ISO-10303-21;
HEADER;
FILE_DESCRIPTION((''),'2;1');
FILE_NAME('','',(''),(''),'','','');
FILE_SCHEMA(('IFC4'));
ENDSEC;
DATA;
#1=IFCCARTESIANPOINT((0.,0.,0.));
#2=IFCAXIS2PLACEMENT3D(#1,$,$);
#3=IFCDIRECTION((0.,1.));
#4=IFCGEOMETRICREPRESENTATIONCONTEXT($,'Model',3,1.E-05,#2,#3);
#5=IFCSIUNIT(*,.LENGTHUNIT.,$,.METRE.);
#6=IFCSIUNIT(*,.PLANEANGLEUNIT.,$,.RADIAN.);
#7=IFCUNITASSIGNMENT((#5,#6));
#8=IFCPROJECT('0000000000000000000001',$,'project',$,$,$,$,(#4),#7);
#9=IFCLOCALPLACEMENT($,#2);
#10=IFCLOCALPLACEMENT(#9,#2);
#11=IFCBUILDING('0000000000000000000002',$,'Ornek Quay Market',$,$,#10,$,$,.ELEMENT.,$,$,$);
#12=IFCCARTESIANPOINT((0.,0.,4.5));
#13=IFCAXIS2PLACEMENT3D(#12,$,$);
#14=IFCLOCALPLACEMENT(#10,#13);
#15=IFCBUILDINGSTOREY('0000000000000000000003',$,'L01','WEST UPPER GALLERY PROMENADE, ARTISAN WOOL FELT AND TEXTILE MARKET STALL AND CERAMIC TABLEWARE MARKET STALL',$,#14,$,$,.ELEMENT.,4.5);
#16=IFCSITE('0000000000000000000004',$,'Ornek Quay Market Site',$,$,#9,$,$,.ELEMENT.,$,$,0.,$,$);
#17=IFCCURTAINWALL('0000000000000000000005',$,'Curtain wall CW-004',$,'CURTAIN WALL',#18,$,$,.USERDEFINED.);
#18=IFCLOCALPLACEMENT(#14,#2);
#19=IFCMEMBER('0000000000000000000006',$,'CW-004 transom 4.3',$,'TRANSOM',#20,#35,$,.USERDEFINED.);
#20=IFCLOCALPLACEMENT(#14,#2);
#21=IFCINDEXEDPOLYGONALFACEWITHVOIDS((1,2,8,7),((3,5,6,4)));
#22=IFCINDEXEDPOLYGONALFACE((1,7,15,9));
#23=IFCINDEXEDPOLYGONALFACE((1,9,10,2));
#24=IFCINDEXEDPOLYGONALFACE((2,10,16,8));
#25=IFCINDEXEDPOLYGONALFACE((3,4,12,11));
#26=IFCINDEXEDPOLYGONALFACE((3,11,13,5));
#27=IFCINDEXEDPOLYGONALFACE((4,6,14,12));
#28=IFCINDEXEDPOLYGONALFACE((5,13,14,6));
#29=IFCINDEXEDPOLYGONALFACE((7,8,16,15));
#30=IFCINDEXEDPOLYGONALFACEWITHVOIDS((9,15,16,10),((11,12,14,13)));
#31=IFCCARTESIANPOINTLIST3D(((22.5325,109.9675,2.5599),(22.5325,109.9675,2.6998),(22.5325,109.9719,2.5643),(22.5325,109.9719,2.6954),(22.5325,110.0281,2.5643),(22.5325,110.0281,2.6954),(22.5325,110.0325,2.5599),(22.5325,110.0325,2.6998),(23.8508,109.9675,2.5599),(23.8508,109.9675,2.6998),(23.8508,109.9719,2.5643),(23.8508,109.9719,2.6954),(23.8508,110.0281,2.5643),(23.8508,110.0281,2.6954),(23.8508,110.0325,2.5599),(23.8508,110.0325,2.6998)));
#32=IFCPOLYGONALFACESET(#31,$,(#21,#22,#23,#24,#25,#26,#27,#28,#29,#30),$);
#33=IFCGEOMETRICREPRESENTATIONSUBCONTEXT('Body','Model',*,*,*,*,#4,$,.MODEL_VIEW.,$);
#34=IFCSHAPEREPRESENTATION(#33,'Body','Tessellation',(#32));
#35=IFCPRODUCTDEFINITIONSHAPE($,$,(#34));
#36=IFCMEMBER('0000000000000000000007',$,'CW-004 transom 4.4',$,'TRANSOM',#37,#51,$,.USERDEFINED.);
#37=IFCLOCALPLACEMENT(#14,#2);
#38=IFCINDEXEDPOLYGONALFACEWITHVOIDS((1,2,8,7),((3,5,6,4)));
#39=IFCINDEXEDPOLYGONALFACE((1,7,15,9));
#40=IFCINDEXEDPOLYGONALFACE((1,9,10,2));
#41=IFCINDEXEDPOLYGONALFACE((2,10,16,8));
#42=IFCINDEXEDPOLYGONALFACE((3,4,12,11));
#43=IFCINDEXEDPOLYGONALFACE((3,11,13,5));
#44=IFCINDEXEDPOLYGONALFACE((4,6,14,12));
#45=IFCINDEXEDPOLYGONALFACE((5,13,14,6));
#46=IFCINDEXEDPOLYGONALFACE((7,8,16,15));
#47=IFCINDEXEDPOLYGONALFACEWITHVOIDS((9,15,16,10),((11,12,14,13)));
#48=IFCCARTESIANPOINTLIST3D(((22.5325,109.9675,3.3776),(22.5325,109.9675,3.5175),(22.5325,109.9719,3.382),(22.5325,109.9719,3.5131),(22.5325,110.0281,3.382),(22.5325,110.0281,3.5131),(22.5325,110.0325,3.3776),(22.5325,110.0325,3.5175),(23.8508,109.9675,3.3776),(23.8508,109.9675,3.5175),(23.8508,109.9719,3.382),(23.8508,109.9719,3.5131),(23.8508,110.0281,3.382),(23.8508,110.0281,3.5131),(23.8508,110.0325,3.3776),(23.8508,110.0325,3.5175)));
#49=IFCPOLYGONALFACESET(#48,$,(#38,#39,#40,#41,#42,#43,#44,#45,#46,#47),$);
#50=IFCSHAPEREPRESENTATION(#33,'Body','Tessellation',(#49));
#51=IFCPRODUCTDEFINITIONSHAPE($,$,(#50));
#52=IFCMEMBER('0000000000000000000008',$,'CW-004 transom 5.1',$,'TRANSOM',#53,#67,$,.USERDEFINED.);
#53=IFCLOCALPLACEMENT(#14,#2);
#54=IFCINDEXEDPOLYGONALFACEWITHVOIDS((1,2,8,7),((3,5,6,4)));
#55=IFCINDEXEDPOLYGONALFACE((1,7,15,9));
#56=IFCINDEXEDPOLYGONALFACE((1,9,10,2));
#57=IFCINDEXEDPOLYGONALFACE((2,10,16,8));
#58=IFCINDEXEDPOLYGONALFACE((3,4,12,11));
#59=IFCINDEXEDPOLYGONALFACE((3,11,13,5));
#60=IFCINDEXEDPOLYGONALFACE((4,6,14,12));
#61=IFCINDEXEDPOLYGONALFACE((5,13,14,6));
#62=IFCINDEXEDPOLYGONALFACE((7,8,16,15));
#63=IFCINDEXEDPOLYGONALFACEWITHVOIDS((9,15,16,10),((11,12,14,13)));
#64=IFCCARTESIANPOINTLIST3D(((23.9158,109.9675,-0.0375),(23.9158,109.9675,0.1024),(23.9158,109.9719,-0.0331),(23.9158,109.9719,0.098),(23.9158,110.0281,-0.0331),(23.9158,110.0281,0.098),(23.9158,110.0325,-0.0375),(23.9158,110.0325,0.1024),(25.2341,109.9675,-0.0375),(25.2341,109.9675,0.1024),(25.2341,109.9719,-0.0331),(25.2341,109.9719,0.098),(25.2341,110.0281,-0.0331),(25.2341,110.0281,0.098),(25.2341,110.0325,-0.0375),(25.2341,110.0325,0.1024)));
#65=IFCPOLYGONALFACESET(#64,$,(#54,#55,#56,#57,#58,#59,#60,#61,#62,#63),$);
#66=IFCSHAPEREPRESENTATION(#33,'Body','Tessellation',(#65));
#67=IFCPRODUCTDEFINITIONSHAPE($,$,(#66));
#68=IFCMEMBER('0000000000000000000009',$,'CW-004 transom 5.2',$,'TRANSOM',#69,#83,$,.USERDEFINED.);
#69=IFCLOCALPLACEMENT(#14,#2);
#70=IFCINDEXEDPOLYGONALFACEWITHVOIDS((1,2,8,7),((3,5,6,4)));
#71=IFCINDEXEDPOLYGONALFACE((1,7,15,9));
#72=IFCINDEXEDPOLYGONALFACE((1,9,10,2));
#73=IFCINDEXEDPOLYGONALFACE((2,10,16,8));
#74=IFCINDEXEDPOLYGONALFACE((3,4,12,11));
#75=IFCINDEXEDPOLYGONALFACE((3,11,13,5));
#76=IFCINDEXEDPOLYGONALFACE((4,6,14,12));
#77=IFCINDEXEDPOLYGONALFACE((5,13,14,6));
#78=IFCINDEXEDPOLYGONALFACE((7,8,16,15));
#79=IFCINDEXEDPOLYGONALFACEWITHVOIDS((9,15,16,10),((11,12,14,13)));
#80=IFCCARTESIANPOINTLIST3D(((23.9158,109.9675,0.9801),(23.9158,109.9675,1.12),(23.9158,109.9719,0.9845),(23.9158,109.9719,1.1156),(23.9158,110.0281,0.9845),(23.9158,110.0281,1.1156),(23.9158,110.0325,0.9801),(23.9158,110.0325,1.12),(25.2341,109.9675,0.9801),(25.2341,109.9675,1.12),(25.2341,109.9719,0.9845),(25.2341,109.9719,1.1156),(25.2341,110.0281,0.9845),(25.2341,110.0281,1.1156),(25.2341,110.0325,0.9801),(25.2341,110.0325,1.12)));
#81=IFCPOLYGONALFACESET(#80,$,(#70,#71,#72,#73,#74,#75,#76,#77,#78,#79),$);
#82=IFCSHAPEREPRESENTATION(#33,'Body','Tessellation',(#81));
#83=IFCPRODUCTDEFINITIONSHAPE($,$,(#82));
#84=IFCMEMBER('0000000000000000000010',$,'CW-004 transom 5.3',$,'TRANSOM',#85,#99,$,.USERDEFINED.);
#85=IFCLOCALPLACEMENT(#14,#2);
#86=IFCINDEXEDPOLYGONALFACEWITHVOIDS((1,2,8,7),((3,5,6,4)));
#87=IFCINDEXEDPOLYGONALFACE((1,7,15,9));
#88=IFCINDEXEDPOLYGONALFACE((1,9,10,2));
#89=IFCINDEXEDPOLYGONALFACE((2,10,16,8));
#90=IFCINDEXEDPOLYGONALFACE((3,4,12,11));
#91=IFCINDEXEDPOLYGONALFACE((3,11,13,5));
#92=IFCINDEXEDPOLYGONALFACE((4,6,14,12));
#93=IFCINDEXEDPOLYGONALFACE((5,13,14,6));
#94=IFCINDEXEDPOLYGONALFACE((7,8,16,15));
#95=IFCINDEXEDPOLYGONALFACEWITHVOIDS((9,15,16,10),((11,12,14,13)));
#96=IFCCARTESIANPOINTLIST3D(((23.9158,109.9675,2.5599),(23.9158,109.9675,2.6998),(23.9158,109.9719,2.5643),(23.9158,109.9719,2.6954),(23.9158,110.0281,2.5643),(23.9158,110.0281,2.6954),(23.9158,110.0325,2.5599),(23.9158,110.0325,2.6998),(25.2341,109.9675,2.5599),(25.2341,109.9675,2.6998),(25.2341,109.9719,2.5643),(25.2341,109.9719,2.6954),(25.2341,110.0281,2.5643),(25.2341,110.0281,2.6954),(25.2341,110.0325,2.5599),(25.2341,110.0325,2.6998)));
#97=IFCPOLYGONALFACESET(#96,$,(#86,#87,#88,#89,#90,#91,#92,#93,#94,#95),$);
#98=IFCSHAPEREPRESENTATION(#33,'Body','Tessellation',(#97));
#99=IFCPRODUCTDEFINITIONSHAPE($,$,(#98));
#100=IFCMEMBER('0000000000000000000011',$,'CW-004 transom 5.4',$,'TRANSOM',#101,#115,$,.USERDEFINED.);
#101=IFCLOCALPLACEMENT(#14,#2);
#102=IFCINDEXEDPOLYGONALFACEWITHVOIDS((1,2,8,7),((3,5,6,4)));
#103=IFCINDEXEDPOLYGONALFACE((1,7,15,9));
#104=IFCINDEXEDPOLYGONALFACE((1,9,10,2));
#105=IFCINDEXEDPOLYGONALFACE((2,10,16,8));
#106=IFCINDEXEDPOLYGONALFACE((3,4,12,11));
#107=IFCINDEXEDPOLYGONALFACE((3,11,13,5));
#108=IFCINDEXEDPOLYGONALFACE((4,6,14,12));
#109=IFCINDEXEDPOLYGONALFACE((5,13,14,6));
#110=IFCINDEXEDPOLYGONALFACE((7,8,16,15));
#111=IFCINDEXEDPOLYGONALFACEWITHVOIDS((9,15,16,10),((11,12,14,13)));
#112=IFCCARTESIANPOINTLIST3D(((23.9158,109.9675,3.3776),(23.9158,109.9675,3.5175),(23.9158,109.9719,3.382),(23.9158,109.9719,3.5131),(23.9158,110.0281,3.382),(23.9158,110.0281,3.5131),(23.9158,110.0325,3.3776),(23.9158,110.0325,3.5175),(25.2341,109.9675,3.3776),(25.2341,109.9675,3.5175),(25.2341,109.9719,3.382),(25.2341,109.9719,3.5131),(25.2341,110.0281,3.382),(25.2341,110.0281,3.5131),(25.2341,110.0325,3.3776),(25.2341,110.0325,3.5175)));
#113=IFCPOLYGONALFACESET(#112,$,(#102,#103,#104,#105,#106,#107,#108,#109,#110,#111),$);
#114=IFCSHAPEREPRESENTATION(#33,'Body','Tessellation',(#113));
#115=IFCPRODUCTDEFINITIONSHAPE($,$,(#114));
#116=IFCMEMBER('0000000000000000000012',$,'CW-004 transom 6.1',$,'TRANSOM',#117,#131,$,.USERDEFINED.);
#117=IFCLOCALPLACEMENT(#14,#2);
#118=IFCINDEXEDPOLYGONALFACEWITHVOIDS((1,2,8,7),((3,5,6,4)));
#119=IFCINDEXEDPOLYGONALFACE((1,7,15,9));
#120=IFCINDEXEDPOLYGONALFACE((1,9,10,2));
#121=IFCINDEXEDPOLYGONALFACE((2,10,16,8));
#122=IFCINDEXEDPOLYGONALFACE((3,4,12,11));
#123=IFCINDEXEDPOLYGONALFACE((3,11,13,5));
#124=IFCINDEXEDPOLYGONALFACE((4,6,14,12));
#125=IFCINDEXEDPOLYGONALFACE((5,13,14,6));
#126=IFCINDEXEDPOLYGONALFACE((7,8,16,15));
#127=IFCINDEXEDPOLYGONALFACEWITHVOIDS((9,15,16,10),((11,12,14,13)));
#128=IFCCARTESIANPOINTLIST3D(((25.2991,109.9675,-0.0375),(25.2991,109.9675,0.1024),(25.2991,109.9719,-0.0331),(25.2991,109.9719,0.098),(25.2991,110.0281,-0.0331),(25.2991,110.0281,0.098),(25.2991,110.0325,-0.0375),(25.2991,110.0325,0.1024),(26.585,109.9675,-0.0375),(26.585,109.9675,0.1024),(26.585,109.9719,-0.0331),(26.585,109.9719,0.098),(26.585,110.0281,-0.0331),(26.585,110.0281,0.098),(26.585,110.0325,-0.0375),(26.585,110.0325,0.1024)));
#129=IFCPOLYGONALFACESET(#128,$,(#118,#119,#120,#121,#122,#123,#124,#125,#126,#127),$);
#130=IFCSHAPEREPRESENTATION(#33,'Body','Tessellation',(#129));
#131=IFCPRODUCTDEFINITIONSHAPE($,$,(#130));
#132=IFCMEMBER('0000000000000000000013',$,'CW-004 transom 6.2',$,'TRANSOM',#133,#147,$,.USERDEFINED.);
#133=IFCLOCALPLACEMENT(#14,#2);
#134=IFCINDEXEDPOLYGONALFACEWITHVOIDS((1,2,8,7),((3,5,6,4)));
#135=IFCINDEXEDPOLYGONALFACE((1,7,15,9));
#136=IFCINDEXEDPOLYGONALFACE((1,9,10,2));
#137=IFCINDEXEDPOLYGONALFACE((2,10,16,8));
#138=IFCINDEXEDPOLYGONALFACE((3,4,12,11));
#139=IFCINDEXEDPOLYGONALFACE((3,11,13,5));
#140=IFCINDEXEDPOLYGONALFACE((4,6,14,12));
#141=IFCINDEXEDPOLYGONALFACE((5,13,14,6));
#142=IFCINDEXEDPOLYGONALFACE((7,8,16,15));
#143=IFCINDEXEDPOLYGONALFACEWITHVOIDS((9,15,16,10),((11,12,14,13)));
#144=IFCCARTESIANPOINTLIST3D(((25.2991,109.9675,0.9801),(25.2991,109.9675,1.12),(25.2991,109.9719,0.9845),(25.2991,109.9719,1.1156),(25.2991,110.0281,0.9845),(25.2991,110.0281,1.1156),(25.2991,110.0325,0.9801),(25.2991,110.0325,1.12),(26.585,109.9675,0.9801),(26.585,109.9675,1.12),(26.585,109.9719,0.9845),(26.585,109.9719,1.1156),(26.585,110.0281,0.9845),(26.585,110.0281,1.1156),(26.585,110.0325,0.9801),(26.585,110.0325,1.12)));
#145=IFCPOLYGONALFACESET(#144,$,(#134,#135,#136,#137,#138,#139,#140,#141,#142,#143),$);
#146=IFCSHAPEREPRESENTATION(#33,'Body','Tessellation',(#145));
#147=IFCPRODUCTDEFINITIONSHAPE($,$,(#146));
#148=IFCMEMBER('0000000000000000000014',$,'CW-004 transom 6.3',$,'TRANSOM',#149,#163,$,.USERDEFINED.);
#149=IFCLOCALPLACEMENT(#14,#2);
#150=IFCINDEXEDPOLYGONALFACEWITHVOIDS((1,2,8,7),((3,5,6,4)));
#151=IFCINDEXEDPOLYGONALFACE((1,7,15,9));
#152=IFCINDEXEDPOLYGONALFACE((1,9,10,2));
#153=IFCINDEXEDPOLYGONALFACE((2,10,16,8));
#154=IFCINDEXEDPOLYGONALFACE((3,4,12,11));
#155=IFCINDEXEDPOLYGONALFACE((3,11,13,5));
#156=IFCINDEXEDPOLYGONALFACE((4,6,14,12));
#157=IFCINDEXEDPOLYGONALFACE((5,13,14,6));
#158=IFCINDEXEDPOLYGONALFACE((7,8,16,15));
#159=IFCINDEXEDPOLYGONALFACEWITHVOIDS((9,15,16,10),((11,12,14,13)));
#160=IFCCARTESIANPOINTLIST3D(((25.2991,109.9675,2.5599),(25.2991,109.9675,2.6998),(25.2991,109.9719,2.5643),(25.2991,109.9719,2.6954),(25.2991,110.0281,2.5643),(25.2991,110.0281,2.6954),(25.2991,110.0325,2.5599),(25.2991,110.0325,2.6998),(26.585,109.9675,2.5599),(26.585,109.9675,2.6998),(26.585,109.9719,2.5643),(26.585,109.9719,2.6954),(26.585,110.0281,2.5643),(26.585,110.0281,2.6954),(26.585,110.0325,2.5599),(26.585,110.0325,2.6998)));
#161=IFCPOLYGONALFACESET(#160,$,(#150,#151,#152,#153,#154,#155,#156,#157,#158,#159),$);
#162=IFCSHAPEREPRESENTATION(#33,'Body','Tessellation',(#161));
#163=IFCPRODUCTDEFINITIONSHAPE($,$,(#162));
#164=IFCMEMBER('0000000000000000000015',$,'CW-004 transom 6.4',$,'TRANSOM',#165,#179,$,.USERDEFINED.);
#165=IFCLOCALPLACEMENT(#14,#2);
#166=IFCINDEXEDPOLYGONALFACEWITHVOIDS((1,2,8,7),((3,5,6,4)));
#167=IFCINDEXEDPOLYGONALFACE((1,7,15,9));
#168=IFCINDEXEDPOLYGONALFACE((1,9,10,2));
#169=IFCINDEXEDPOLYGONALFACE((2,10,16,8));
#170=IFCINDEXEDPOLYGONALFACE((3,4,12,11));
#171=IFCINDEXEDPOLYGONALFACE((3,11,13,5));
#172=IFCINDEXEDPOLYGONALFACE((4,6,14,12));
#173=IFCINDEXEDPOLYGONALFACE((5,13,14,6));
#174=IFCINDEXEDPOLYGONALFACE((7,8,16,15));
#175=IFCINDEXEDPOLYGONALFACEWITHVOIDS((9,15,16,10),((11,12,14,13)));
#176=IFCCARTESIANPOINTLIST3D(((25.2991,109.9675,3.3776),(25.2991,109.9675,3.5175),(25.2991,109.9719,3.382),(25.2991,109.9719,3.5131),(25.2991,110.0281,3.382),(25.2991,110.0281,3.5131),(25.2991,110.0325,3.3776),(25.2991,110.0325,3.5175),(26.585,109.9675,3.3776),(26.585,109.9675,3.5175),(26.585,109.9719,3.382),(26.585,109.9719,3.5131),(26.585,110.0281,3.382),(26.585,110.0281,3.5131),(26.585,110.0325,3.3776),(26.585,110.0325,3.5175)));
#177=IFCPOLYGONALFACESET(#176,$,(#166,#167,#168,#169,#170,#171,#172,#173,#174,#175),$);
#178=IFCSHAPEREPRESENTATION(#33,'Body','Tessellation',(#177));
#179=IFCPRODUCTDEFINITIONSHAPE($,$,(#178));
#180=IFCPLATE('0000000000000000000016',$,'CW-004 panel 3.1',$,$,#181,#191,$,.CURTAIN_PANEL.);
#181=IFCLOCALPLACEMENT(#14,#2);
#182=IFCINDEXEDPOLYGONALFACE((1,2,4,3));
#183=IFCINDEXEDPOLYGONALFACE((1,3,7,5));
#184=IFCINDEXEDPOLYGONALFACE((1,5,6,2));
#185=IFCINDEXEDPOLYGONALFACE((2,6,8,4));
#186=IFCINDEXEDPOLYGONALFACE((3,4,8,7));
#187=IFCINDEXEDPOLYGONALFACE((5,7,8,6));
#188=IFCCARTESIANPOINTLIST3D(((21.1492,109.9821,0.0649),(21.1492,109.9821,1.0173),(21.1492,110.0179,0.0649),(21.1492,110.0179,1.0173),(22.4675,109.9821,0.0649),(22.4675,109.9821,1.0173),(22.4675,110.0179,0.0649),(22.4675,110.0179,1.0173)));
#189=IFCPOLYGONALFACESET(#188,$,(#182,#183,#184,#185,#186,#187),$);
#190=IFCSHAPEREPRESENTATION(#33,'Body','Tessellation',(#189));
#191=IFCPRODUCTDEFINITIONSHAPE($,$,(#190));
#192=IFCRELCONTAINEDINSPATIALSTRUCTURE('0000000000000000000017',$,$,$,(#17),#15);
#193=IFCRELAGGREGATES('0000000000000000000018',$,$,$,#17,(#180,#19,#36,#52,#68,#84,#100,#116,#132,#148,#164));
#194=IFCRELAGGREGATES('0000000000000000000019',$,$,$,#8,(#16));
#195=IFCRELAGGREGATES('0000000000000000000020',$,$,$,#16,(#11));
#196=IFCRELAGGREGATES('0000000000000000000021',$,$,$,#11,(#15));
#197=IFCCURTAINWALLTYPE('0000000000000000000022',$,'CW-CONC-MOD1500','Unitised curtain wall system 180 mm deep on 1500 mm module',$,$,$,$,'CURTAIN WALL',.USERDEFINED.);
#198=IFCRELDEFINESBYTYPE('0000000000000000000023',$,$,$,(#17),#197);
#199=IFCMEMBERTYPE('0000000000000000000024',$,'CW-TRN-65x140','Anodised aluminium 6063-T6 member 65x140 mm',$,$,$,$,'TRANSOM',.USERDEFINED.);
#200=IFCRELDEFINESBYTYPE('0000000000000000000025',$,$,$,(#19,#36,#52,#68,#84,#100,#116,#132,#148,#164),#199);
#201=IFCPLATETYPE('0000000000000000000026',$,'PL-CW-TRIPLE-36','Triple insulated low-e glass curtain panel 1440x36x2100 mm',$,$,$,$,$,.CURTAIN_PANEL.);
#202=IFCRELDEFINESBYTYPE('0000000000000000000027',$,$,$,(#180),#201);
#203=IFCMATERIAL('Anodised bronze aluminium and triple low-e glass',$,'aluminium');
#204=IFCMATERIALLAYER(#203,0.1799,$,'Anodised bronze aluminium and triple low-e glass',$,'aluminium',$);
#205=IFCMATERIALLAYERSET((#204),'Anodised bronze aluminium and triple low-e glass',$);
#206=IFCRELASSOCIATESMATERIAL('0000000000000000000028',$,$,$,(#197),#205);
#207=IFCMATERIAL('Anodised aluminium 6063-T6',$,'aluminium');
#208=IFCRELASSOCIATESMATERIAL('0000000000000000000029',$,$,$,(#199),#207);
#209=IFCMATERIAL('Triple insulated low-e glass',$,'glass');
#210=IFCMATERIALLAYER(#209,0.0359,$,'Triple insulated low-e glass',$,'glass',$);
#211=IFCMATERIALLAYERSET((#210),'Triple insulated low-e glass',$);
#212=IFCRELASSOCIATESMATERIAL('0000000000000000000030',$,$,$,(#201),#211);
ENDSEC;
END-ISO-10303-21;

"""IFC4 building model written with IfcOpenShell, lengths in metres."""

from ifc_helpers import new_model, si_unit, direction, frame, origin, origin_2d, place, context, subcontext, project, spatial, rectangle, hollow_rectangle, extrude, material, layer, layer_set, material_profile, profile_set, type_object, element, aggregate, save


model = new_model("IFC4")

# Units and contexts
model_context = context("Model", 3, precision=1e-05, world=origin(), true_north=direction((0.0, 1.0)))
body_context = subcontext(model_context, "Body", "Model", "MODEL_VIEW")
ifc_project = project(units=[si_unit("LENGTHUNIT", "METRE"), si_unit("PLANEANGLEUNIT", "RADIAN")], contexts=[model_context])

# Site, building, storey
site_placement = place(None, origin())
site = spatial("IfcSite", under=ifc_project, at=site_placement, Name="Ornek Quay Market Site", CompositionType="ELEMENT", RefElevation=0.0)
building_placement = place(site_placement, origin())
building = spatial("IfcBuilding", under=site, at=building_placement, Name="Ornek Quay Market", CompositionType="ELEMENT")
storey_placement = place(building_placement, frame((0.0, 0.0, 4.5)))
storey = spatial("IfcBuildingStorey", under=building, at=storey_placement, Name="L01", Description="WEST UPPER GALLERY PROMENADE, ARTISAN WOOL FELT AND TEXTILE MARKET STALL AND CERAMIC TABLEWARE MARKET STALL", CompositionType="ELEMENT", Elevation=4.5)

# Curtain wall, members, plate
ifc_material_1 = material(Name="Anodised bronze aluminium and triple low-e glass", Category="aluminium")
ifc_layer_1 = layer(ifc_material_1, 0.1799, Name="Anodised bronze aluminium and triple low-e glass", Category="aluminium")
ifc_layer_set_1 = layer_set([ifc_layer_1], Name="Anodised bronze aluminium and triple low-e glass")
curtain_wall_type = type_object("IfcCurtainWallType", Name="CW-CONC-MOD1500", Description="Unitised curtain wall system 180 mm deep on 1500 mm module", ElementType="CURTAIN WALL", PredefinedType="USERDEFINED", material=ifc_layer_set_1)
curtain_wall_placement = place(storey_placement, origin())
curtain_wall = element("IfcCurtainWall", 1, at=curtain_wall_placement, inside=storey, type_object=curtain_wall_type, Name="Curtain wall CW-004", ObjectType="CURTAIN WALL", PredefinedType="USERDEFINED")
ifc_material_2 = material(Name="Anodised aluminium 6063-T6", Category="aluminium")
ifc_material_profile_1 = material_profile(ifc_material_2, hollow_rectangle(XDim=0.0649, YDim=0.1399, WallThickness=0.0044, at=origin_2d()), Name="CW-TRN-65x140", Category="aluminium")
ifc_profile_set_1 = profile_set([ifc_material_profile_1], Name="Anodised aluminium 6063-T6")
member_type_1 = type_object("IfcMemberType", Name="CW-TRN-65x140", Description="Anodised aluminium 6063-T6 member 65x140 mm", ElementType="TRANSOM", PredefinedType="USERDEFINED", material=ifc_profile_set_1)
member_1_placement = place(storey_placement, frame((22.5325, 110.0, 2.6299), z_axis=(1.0, 0.0, 0.0), x_axis=(0.0, 1.0, 0.0)))
member_1 = element("IfcMember", 2, at=member_1_placement, type_object=member_type_1, Name="CW-004 transom 4.3", ObjectType="TRANSOM", PredefinedType="USERDEFINED", context=body_context, shape_type="SweptSolid", body=[
    extrude(hollow_rectangle(XDim=0.0649, YDim=0.1399, WallThickness=0.0044, at=origin_2d()), origin(), (0.0, 0.0, 1.0), 1.3184),
])
member_2_placement = place(storey_placement, frame((22.5325, 110.0, 3.4475), z_axis=(1.0, 0.0, 0.0), x_axis=(0.0, 1.0, 0.0)))
member_2 = element("IfcMember", 3, at=member_2_placement, type_object=member_type_1, Name="CW-004 transom 4.4", ObjectType="TRANSOM", PredefinedType="USERDEFINED", context=body_context, shape_type="SweptSolid", body=[
    extrude(hollow_rectangle(XDim=0.0649, YDim=0.1399, WallThickness=0.0044, at=origin_2d()), origin(), (0.0, 0.0, 1.0), 1.3184),
])
member_3_placement = place(storey_placement, frame((23.9158, 110.0, 0.0325), z_axis=(1.0, 0.0, 0.0), x_axis=(0.0, 1.0, 0.0)))
member_3 = element("IfcMember", 4, at=member_3_placement, type_object=member_type_1, Name="CW-004 transom 5.1", ObjectType="TRANSOM", PredefinedType="USERDEFINED", context=body_context, shape_type="SweptSolid", body=[
    extrude(hollow_rectangle(XDim=0.0649, YDim=0.1399, WallThickness=0.0044, at=origin_2d()), origin(), (0.0, 0.0, 1.0), 1.3184),
])
member_4_placement = place(storey_placement, frame((23.9158, 110.0, 1.05), z_axis=(1.0, 0.0, 0.0), x_axis=(0.0, 1.0, 0.0)))
member_4 = element("IfcMember", 5, at=member_4_placement, type_object=member_type_1, Name="CW-004 transom 5.2", ObjectType="TRANSOM", PredefinedType="USERDEFINED", context=body_context, shape_type="SweptSolid", body=[
    extrude(hollow_rectangle(XDim=0.0649, YDim=0.1399, WallThickness=0.0044, at=origin_2d()), origin(), (0.0, 0.0, 1.0), 1.3184),
])
member_5_placement = place(storey_placement, frame((23.9158, 110.0, 2.6299), z_axis=(1.0, 0.0, 0.0), x_axis=(0.0, 1.0, 0.0)))
member_5 = element("IfcMember", 6, at=member_5_placement, type_object=member_type_1, Name="CW-004 transom 5.3", ObjectType="TRANSOM", PredefinedType="USERDEFINED", context=body_context, shape_type="SweptSolid", body=[
    extrude(hollow_rectangle(XDim=0.0649, YDim=0.1399, WallThickness=0.0044, at=origin_2d()), origin(), (0.0, 0.0, 1.0), 1.3184),
])
member_6_placement = place(storey_placement, frame((23.9158, 110.0, 3.4475), z_axis=(1.0, 0.0, 0.0), x_axis=(0.0, 1.0, 0.0)))
member_6 = element("IfcMember", 7, at=member_6_placement, type_object=member_type_1, Name="CW-004 transom 5.4", ObjectType="TRANSOM", PredefinedType="USERDEFINED", context=body_context, shape_type="SweptSolid", body=[
    extrude(hollow_rectangle(XDim=0.0649, YDim=0.1399, WallThickness=0.0044, at=origin_2d()), origin(), (0.0, 0.0, 1.0), 1.3184),
])
member_7_placement = place(storey_placement, frame((25.2991, 110.0, 0.0325), z_axis=(1.0, 0.0, 0.0), x_axis=(0.0, 1.0, 0.0)))
member_7 = element("IfcMember", 8, at=member_7_placement, type_object=member_type_1, Name="CW-004 transom 6.1", ObjectType="TRANSOM", PredefinedType="USERDEFINED", context=body_context, shape_type="SweptSolid", body=[
    extrude(hollow_rectangle(XDim=0.0649, YDim=0.1399, WallThickness=0.0044, at=origin_2d()), origin(), (0.0, 0.0, 1.0), 1.2859),
])
member_8_placement = place(storey_placement, frame((25.2991, 110.0, 1.05), z_axis=(1.0, 0.0, 0.0), x_axis=(0.0, 1.0, 0.0)))
member_8 = element("IfcMember", 9, at=member_8_placement, type_object=member_type_1, Name="CW-004 transom 6.2", ObjectType="TRANSOM", PredefinedType="USERDEFINED", context=body_context, shape_type="SweptSolid", body=[
    extrude(hollow_rectangle(XDim=0.0649, YDim=0.1399, WallThickness=0.0044, at=origin_2d()), origin(), (0.0, 0.0, 1.0), 1.2859),
])
member_9_placement = place(storey_placement, frame((25.2991, 110.0, 2.6299), z_axis=(1.0, 0.0, 0.0), x_axis=(0.0, 1.0, 0.0)))
member_9 = element("IfcMember", 10, at=member_9_placement, type_object=member_type_1, Name="CW-004 transom 6.3", ObjectType="TRANSOM", PredefinedType="USERDEFINED", context=body_context, shape_type="SweptSolid", body=[
    extrude(hollow_rectangle(XDim=0.0649, YDim=0.1399, WallThickness=0.0044, at=origin_2d()), origin(), (0.0, 0.0, 1.0), 1.2859),
])
member_10_placement = place(storey_placement, frame((25.2991, 110.0, 3.4475), z_axis=(1.0, 0.0, 0.0), x_axis=(0.0, 1.0, 0.0)))
member_10 = element("IfcMember", 11, at=member_10_placement, type_object=member_type_1, Name="CW-004 transom 6.4", ObjectType="TRANSOM", PredefinedType="USERDEFINED", context=body_context, shape_type="SweptSolid", body=[
    extrude(hollow_rectangle(XDim=0.0649, YDim=0.1399, WallThickness=0.0044, at=origin_2d()), origin(), (0.0, 0.0, 1.0), 1.2859),
])
ifc_material_3 = material(Name="Triple insulated low-e glass", Category="glass")
ifc_layer_2 = layer(ifc_material_3, 0.0359, Name="Triple insulated low-e glass", Category="glass")
ifc_layer_set_2 = layer_set([ifc_layer_2], Name="Triple insulated low-e glass")
plate_type = type_object("IfcPlateType", Name="PL-CW-TRIPLE-36", Description="Triple insulated low-e glass curtain panel 1440x36x2100 mm", PredefinedType="CURTAIN_PANEL", material=ifc_layer_set_2)
plate_1_placement = place(storey_placement, frame((21.8083, 110.0, 0.0649), z_axis=(0.0, 0.0, 1.0), x_axis=(1.0, 0.0, 0.0)))
plate_1 = element("IfcPlate", 12, at=plate_1_placement, type_object=plate_type, Name="CW-004 panel 3.1", PredefinedType="CURTAIN_PANEL", context=body_context, shape_type="SweptSolid", body=[
    extrude(rectangle(XDim=1.3184, YDim=0.0359, at=origin_2d()), origin(), (0.0, 0.0, 1.0), 0.9524),
])
aggregate(curtain_wall, [plate_1, member_1, member_2, member_3, member_4, member_5, member_6, member_7, member_8, member_9, member_10])

save(model, "model.ifc")
